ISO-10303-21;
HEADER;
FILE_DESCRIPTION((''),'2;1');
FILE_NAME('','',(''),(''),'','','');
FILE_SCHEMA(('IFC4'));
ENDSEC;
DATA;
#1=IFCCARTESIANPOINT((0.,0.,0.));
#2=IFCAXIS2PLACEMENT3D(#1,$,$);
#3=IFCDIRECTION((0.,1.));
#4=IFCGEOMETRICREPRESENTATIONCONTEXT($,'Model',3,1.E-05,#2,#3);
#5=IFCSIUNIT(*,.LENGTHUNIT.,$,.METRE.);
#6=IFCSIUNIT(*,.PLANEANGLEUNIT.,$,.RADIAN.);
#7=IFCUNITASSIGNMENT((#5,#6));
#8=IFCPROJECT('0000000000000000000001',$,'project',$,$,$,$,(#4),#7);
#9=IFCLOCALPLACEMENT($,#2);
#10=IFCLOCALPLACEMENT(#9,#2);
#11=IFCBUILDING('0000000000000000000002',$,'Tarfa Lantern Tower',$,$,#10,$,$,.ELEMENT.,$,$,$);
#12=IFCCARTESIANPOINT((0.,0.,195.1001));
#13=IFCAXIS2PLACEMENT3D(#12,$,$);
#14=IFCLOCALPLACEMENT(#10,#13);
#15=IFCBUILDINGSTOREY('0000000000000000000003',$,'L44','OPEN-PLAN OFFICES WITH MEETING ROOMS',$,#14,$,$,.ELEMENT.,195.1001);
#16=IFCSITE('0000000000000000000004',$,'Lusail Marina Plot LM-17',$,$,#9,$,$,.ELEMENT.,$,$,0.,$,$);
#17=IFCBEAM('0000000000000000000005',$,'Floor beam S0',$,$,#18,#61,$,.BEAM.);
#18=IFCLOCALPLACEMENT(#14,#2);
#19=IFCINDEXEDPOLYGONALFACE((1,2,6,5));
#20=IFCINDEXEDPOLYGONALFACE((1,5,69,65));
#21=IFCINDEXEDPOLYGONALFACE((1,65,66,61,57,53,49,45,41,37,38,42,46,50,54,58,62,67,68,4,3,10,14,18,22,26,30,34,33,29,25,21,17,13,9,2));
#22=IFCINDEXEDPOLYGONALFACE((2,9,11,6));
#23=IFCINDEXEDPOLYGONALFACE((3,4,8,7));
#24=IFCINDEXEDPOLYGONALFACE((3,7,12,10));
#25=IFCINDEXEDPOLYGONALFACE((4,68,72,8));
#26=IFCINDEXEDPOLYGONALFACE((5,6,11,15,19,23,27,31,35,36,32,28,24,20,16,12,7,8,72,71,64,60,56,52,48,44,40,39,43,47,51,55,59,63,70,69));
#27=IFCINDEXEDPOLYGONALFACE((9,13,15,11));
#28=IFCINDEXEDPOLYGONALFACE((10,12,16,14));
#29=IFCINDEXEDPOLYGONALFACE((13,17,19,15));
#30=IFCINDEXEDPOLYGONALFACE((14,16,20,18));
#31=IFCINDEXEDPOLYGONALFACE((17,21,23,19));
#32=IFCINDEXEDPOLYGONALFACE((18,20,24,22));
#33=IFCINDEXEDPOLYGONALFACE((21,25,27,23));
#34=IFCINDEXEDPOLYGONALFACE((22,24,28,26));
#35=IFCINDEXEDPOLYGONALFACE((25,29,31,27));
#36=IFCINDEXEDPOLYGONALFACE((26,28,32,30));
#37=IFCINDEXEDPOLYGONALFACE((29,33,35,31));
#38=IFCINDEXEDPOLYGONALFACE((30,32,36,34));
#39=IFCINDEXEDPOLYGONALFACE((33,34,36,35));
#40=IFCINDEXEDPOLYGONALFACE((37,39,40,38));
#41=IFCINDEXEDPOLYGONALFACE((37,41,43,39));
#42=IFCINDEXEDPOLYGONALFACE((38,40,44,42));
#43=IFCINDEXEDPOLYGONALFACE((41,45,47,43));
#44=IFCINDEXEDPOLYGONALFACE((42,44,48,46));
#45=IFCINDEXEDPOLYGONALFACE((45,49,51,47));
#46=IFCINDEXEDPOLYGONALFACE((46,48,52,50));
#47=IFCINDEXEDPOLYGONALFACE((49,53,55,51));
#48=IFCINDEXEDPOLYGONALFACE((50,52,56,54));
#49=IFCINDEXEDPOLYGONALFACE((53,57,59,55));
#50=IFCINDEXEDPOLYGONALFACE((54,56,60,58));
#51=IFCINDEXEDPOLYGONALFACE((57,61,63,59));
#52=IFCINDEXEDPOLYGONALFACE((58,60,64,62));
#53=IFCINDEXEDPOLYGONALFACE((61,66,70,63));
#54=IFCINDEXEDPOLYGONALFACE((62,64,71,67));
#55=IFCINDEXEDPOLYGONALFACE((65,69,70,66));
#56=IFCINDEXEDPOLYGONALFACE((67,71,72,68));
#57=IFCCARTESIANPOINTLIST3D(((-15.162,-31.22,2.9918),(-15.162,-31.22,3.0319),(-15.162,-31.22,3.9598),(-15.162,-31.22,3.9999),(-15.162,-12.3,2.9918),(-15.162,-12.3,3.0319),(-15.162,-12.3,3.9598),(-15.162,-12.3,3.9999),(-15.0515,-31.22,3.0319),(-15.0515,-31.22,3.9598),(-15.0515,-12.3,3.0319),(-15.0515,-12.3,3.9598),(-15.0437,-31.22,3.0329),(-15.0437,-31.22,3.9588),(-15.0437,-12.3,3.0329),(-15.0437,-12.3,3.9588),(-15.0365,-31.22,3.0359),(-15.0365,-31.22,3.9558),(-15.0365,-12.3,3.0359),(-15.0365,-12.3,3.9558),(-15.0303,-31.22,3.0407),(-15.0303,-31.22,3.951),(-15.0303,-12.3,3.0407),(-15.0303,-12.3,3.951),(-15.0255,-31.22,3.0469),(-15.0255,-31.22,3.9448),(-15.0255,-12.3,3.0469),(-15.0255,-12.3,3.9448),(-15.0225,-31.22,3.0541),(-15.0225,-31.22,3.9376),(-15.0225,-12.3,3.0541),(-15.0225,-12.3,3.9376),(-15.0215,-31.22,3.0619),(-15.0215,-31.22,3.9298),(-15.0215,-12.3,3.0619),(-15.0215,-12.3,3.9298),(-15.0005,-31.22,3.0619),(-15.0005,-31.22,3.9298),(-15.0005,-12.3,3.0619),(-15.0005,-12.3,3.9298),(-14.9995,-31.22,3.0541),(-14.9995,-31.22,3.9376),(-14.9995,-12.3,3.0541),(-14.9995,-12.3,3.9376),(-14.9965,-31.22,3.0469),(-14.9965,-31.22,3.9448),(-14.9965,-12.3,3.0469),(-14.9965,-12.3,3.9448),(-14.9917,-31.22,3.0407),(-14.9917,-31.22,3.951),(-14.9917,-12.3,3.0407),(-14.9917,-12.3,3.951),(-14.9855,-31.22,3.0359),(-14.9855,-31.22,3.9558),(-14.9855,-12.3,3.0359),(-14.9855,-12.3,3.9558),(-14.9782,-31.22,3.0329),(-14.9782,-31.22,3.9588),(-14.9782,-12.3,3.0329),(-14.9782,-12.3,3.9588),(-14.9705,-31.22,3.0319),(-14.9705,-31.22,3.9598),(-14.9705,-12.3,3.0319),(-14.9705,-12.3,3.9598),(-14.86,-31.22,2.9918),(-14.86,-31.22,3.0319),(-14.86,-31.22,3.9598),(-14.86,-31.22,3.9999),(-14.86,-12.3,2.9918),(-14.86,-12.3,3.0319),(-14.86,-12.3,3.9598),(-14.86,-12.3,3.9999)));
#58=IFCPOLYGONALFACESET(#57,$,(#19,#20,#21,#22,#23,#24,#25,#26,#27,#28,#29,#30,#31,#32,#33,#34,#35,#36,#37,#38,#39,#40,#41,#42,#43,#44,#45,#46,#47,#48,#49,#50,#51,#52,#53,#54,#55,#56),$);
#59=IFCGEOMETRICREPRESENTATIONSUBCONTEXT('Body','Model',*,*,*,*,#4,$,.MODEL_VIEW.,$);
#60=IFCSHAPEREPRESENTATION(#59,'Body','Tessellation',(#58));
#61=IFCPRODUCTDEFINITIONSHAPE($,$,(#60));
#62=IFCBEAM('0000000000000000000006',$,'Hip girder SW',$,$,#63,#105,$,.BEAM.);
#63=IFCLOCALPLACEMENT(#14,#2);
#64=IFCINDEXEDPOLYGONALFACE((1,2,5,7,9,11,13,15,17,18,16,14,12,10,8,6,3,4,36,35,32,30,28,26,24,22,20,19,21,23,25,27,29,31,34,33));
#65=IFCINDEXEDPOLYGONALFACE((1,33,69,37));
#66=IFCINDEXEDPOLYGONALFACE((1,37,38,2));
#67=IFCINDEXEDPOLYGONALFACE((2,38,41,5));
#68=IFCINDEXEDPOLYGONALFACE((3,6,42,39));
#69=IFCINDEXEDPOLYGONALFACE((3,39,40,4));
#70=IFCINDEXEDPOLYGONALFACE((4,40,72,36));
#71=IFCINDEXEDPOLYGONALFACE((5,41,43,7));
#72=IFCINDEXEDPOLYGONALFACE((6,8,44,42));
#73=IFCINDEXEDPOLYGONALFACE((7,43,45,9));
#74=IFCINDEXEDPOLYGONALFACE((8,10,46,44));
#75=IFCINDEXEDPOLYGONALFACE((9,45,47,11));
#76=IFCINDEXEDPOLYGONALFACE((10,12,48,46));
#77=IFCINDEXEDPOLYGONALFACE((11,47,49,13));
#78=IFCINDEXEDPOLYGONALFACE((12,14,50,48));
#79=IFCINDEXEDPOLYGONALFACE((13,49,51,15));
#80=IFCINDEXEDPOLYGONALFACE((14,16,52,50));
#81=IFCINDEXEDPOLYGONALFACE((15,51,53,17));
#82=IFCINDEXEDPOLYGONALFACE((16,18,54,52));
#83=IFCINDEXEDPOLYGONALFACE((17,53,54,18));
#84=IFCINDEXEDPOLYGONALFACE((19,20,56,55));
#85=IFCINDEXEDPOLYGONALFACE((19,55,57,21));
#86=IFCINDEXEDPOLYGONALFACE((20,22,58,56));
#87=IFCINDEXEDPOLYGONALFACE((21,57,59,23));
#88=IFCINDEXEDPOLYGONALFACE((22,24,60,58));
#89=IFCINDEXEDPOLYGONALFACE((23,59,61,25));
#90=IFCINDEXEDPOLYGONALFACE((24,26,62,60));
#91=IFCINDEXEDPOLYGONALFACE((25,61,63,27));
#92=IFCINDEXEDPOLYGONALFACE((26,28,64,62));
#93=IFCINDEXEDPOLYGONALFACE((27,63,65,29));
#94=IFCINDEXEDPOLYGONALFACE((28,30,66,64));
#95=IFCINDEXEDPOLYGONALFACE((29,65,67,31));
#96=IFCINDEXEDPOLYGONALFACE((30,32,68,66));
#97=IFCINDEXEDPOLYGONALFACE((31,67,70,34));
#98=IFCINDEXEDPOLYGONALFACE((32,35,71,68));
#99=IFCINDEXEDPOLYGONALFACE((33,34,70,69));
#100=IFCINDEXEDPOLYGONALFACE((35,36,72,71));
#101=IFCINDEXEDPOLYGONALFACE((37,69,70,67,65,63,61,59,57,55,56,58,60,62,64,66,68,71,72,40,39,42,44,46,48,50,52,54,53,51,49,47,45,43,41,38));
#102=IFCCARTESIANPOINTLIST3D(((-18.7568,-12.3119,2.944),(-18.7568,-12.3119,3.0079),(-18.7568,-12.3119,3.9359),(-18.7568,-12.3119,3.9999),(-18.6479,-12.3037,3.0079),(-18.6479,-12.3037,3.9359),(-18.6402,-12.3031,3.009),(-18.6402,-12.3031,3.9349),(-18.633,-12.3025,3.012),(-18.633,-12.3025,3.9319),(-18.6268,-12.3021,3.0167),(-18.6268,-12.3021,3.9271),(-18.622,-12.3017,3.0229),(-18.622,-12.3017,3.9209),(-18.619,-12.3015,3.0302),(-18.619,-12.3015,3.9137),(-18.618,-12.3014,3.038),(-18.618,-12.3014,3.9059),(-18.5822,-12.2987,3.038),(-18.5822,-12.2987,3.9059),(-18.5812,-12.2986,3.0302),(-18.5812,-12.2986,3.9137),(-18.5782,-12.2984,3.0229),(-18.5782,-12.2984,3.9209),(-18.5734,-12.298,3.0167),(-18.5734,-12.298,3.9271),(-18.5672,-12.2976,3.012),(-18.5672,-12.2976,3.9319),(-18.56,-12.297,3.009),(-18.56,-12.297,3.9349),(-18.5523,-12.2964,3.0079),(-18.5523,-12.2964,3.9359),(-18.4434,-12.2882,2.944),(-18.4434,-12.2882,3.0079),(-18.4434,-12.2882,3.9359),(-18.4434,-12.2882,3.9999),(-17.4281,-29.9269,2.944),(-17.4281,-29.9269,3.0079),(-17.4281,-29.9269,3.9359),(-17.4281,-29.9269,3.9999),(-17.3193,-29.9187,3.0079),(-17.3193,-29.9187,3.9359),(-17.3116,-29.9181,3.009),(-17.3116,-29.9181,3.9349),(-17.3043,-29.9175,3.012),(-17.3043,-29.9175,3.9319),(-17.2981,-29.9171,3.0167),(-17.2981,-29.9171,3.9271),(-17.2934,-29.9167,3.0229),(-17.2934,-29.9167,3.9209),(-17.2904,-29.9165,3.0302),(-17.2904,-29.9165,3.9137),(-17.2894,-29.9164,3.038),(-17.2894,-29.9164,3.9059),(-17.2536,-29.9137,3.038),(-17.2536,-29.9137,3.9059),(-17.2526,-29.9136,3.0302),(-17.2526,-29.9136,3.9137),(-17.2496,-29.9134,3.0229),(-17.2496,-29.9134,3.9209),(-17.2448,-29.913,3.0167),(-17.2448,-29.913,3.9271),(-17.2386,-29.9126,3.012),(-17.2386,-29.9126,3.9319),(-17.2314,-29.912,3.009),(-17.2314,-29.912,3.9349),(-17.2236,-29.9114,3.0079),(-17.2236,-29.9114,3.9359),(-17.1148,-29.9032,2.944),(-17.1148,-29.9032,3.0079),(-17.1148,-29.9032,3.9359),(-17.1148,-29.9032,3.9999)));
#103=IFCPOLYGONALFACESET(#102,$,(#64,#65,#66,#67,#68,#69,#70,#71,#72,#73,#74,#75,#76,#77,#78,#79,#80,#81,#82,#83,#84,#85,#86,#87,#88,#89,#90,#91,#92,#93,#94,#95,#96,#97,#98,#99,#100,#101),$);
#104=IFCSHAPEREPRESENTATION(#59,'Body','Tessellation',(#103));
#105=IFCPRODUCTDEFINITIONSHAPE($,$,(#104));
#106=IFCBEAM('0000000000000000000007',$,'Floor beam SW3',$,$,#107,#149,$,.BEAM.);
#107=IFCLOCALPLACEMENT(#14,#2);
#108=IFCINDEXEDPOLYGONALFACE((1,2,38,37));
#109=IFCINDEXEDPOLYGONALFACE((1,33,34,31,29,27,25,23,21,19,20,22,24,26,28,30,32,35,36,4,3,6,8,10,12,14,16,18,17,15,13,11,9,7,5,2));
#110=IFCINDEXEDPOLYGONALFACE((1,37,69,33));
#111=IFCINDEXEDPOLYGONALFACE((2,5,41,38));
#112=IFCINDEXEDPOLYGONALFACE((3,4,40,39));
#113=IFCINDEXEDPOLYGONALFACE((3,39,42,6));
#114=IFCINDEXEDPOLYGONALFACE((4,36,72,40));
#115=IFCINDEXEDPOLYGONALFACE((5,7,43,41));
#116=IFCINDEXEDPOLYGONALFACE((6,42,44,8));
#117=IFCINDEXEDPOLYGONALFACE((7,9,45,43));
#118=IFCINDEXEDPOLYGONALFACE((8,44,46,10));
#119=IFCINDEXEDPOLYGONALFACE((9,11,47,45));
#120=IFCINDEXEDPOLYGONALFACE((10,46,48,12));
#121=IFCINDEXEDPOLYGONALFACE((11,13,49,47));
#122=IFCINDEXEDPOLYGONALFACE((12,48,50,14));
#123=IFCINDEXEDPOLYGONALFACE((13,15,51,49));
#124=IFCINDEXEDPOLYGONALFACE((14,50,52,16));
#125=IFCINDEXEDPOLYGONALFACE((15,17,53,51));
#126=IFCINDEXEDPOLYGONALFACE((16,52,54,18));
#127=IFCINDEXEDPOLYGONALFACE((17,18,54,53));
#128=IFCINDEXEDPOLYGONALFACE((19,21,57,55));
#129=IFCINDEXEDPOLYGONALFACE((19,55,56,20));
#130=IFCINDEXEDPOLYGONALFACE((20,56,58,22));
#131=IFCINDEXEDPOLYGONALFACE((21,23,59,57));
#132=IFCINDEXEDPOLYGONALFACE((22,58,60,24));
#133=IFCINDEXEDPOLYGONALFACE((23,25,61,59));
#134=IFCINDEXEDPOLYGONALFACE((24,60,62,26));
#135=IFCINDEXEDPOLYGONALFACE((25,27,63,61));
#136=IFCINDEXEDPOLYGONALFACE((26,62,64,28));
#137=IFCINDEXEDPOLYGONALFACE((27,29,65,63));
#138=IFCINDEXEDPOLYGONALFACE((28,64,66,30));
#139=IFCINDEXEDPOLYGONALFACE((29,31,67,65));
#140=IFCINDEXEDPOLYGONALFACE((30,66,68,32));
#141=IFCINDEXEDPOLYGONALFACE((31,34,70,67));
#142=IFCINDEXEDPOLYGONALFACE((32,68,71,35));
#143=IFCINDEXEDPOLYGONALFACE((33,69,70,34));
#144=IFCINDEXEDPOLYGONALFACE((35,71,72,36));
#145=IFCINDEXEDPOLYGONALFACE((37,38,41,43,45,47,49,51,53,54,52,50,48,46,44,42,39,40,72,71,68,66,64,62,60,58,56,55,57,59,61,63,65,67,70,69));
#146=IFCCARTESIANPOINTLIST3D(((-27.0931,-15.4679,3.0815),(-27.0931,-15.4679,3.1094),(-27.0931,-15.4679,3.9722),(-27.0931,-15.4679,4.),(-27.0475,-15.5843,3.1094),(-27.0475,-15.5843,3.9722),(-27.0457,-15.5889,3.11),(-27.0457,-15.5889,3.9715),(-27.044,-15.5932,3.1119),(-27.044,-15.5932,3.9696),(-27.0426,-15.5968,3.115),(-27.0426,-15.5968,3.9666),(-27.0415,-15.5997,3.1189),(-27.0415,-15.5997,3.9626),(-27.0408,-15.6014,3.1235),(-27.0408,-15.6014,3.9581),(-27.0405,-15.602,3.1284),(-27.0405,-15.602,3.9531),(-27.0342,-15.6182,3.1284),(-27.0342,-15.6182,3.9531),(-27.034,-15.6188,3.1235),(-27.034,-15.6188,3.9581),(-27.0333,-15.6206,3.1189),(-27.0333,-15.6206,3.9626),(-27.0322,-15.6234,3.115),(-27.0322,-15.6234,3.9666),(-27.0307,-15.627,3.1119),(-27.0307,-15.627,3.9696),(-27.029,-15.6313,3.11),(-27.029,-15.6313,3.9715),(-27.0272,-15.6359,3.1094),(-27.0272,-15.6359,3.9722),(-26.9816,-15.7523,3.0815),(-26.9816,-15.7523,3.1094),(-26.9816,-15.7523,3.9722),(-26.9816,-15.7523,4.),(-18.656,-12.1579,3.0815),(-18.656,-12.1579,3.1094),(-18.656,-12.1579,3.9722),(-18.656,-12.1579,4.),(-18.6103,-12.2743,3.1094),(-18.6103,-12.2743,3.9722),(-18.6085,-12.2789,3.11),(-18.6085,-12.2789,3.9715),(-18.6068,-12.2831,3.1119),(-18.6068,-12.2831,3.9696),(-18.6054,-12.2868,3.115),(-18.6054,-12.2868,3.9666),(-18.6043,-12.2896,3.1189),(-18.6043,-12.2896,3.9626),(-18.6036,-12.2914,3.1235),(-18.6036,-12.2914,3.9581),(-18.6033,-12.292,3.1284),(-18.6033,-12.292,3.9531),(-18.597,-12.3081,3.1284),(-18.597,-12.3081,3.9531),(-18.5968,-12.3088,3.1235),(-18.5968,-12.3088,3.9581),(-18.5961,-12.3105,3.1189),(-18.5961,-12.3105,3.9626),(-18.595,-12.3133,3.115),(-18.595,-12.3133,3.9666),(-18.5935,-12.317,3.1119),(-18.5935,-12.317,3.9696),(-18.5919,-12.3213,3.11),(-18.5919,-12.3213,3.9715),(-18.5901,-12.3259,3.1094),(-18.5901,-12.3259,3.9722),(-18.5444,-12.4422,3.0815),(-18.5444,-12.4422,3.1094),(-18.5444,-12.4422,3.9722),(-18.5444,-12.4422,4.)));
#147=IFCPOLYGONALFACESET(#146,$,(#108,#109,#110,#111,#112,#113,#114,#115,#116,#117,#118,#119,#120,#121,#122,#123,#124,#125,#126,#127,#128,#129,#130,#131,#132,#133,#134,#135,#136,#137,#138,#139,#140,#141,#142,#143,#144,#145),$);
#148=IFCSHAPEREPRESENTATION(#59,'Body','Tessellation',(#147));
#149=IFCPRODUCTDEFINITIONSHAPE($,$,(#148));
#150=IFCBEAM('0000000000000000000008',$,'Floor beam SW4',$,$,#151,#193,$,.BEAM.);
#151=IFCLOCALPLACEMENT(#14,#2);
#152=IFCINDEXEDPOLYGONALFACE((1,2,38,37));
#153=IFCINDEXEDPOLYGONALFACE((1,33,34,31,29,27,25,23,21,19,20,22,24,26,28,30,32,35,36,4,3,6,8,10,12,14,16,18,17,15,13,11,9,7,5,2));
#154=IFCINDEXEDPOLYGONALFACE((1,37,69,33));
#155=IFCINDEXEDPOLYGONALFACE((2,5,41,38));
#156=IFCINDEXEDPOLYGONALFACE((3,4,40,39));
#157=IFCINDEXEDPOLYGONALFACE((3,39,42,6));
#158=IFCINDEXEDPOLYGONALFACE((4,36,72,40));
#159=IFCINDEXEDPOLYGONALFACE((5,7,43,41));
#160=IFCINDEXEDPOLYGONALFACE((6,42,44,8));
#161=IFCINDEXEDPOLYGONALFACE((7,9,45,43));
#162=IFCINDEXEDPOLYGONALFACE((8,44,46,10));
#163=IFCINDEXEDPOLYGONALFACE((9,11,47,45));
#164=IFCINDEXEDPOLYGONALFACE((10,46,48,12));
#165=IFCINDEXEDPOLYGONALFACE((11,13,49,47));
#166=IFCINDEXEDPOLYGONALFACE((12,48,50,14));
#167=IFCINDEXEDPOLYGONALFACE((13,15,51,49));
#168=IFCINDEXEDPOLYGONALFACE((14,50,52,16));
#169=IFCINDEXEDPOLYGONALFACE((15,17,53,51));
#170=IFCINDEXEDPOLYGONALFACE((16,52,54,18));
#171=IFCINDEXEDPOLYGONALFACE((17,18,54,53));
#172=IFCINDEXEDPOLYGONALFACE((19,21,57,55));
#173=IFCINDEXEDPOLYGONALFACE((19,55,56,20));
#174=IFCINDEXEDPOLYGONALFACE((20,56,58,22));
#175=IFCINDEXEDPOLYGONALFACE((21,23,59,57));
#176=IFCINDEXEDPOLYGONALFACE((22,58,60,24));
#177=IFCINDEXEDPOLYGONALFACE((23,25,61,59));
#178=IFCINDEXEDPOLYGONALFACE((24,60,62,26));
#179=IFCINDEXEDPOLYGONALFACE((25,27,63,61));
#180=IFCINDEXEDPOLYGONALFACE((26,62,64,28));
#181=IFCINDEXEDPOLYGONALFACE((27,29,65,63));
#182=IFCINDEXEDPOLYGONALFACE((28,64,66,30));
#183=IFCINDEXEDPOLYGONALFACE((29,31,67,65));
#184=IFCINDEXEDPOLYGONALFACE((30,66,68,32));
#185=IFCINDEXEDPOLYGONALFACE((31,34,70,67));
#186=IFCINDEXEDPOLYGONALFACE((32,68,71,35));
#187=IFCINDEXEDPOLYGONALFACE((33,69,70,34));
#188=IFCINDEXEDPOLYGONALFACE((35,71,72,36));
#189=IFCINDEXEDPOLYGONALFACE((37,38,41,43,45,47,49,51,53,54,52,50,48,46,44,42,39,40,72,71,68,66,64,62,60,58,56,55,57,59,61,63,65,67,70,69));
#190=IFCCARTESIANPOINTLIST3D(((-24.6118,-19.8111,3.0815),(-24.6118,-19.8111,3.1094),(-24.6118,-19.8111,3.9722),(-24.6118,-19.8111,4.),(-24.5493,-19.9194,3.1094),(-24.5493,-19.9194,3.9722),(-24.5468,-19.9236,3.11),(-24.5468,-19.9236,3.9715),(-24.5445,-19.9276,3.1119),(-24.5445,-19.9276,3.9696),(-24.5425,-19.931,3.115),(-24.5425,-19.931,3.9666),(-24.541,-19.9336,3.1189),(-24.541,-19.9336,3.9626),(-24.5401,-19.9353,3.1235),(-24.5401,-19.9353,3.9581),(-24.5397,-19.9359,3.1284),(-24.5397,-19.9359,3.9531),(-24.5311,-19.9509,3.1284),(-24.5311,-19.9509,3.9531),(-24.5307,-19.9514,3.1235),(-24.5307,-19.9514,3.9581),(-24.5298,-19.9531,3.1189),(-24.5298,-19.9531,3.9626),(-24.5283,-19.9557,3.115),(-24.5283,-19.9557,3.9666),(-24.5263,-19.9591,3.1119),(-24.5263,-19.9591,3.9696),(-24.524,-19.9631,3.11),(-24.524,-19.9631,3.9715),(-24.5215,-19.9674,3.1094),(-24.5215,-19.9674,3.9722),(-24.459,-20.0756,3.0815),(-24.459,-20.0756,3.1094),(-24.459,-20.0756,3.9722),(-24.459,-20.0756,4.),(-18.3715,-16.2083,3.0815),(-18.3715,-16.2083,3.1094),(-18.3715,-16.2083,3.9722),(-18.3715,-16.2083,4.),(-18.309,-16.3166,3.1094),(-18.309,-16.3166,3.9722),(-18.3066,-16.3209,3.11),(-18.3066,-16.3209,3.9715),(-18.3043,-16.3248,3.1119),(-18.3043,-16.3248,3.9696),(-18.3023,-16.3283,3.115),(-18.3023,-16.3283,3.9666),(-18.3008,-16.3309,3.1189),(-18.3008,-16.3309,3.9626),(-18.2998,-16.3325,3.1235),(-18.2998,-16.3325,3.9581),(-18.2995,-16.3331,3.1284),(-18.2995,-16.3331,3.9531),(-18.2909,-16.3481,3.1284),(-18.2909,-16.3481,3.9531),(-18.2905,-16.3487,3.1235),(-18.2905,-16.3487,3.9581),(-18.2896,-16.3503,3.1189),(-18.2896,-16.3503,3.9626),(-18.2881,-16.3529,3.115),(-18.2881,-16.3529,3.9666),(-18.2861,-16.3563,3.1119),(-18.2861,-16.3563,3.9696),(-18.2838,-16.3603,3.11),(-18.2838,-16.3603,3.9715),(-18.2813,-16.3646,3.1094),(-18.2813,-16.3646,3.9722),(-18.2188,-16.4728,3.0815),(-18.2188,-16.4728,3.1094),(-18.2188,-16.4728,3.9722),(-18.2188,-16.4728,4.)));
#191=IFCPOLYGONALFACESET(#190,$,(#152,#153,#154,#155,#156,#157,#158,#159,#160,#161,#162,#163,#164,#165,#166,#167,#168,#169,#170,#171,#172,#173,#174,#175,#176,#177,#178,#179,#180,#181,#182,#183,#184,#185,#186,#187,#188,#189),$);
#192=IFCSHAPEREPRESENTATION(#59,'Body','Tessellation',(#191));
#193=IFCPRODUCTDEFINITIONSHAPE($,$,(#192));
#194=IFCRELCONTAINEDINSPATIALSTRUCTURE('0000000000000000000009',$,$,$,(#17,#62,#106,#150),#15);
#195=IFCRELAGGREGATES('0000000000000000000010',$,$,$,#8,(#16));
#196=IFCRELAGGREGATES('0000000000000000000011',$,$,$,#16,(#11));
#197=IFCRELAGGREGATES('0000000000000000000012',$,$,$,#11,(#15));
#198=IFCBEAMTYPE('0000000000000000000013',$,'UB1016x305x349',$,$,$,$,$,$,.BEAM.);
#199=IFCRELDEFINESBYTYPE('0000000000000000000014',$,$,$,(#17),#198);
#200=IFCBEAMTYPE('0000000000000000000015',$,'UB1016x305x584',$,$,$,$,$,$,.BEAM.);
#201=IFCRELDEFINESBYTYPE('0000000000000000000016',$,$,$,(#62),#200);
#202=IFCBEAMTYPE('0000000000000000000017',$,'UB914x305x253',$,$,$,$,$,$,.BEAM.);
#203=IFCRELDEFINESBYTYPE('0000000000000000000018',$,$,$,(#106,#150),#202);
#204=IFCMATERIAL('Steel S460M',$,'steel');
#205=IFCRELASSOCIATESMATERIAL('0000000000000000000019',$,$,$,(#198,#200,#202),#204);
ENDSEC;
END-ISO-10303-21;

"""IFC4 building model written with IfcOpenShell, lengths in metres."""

from ifc_helpers import new_model, si_unit, direction, frame, origin, origin_2d, place, context, subcontext, project, spatial, i_section, extrude, material, material_profile, profile_set, type_object, element, save


model = new_model("IFC4")

# Units and contexts
model_context = context("Model", 3, precision=1e-05, world=origin(), true_north=direction((0.0, 1.0)))
body_context = subcontext(model_context, "Body", "Model", "MODEL_VIEW")
ifc_project = project(units=[si_unit("LENGTHUNIT", "METRE"), si_unit("PLANEANGLEUNIT", "RADIAN")], contexts=[model_context])

# Site, building, storey
site_placement = place(None, origin())
site = spatial("IfcSite", under=ifc_project, at=site_placement, Name="Lusail Marina Plot LM-17", CompositionType="ELEMENT", RefElevation=0.0)
building_placement = place(site_placement, origin())
building = spatial("IfcBuilding", under=site, at=building_placement, Name="Tarfa Lantern Tower", CompositionType="ELEMENT")
storey_placement = place(building_placement, frame((0.0, 0.0, 195.1001)))
storey = spatial("IfcBuildingStorey", under=building, at=storey_placement, Name="L44", Description="OPEN-PLAN OFFICES WITH MEETING ROOMS", CompositionType="ELEMENT", Elevation=195.1001)

# Beams
ifc_material_1 = material(Name="Steel S460M", Category="steel")
ifc_material_profile_1 = material_profile(ifc_material_1, i_section(OverallWidth=0.302, OverallDepth=1.0081, WebThickness=0.021, FlangeThickness=0.04, FilletRadius=0.03, at=origin_2d()), Name="UB1016x305x349")
ifc_profile_set_1 = profile_set([ifc_material_profile_1], Name="Steel S460M")
beam_type_1 = type_object("IfcBeamType", Name="UB1016x305x349", PredefinedType="BEAM", material=ifc_profile_set_1)
beam_1_placement = place(storey_placement, frame((-15.011, -31.22, 3.4958), z_axis=(0.0, 1.0, 0.0), x_axis=(-1.0, 0.0, 0.0)))
element("IfcBeam", 1, at=beam_1_placement, inside=storey, type_object=beam_type_1, Name="Floor beam S0", PredefinedType="BEAM", context=body_context, shape_type="SweptSolid", body=[
    extrude(i_section(OverallWidth=0.302, OverallDepth=1.0081, WebThickness=0.021, FlangeThickness=0.04, FilletRadius=0.03, at=origin_2d()), origin(), (0.0, 0.0, 1.0), 18.9199),
])
ifc_material_profile_2 = material_profile(ifc_material_1, i_section(OverallWidth=0.3142, OverallDepth=1.0559, WebThickness=0.0359, FlangeThickness=0.064, FilletRadius=0.03, at=origin_2d()), Name="UB1016x305x584")
ifc_profile_set_2 = profile_set([ifc_material_profile_2], Name="Steel S460M")
beam_type_2 = type_object("IfcBeamType", Name="UB1016x305x584", PredefinedType="BEAM", material=ifc_profile_set_2)
beam_2_placement = place(storey_placement, frame((-18.6001, -12.3, 3.4719), z_axis=(0.075212, -0.997168, 0.0), x_axis=(0.997168, 0.075212, 0.0)))
element("IfcBeam", 2, at=beam_2_placement, inside=storey, type_object=beam_type_2, Name="Hip girder SW", PredefinedType="BEAM", context=body_context, shape_type="SweptSolid", body=[
    extrude(i_section(OverallWidth=0.3142, OverallDepth=1.0559, WebThickness=0.0359, FlangeThickness=0.064, FilletRadius=0.03, at=origin_2d()), origin(), (0.0, 0.0, 1.0), 17.665),
])
ifc_material_profile_3 = material_profile(ifc_material_1, i_section(OverallWidth=0.3054, OverallDepth=0.9185, WebThickness=0.0173, FlangeThickness=0.0278, FilletRadius=0.019, at=origin_2d()), Name="UB914x305x253")
ifc_profile_set_3 = profile_set([ifc_material_profile_3], Name="Steel S460M")
beam_type_3 = type_object("IfcBeamType", Name="UB914x305x253", PredefinedType="BEAM", material=ifc_profile_set_3)
beam_3_placement = place(storey_placement, frame((-27.0374, -15.6101, 3.5408), z_axis=(0.930923, 0.365215, 0.0), x_axis=(-0.365215, 0.930923, 0.0)))
element("IfcBeam", 3, at=beam_3_placement, inside=storey, type_object=beam_type_3, Name="Floor beam SW3", PredefinedType="BEAM", context=body_context, shape_type="SweptSolid", body=[
    extrude(i_section(OverallWidth=0.3054, OverallDepth=0.9185, WebThickness=0.0173, FlangeThickness=0.0278, FilletRadius=0.019, at=origin_2d()), origin(), (0.0, 0.0, 1.0), 9.0632),
])
beam_4_placement = place(storey_placement, frame((-24.5354, -19.9434, 3.5408), z_axis=(0.866026, 0.499998, 0.0), x_axis=(-0.499998, 0.866026, 0.0)))
element("IfcBeam", 4, at=beam_4_placement, inside=storey, type_object=beam_type_3, Name="Floor beam SW4", PredefinedType="BEAM", context=body_context, shape_type="SweptSolid", body=[
    extrude(i_section(OverallWidth=0.3054, OverallDepth=0.9185, WebThickness=0.0173, FlangeThickness=0.0278, FilletRadius=0.019, at=origin_2d()), origin(), (0.0, 0.0, 1.0), 7.2056),
])

save(model, "model.ifc")
